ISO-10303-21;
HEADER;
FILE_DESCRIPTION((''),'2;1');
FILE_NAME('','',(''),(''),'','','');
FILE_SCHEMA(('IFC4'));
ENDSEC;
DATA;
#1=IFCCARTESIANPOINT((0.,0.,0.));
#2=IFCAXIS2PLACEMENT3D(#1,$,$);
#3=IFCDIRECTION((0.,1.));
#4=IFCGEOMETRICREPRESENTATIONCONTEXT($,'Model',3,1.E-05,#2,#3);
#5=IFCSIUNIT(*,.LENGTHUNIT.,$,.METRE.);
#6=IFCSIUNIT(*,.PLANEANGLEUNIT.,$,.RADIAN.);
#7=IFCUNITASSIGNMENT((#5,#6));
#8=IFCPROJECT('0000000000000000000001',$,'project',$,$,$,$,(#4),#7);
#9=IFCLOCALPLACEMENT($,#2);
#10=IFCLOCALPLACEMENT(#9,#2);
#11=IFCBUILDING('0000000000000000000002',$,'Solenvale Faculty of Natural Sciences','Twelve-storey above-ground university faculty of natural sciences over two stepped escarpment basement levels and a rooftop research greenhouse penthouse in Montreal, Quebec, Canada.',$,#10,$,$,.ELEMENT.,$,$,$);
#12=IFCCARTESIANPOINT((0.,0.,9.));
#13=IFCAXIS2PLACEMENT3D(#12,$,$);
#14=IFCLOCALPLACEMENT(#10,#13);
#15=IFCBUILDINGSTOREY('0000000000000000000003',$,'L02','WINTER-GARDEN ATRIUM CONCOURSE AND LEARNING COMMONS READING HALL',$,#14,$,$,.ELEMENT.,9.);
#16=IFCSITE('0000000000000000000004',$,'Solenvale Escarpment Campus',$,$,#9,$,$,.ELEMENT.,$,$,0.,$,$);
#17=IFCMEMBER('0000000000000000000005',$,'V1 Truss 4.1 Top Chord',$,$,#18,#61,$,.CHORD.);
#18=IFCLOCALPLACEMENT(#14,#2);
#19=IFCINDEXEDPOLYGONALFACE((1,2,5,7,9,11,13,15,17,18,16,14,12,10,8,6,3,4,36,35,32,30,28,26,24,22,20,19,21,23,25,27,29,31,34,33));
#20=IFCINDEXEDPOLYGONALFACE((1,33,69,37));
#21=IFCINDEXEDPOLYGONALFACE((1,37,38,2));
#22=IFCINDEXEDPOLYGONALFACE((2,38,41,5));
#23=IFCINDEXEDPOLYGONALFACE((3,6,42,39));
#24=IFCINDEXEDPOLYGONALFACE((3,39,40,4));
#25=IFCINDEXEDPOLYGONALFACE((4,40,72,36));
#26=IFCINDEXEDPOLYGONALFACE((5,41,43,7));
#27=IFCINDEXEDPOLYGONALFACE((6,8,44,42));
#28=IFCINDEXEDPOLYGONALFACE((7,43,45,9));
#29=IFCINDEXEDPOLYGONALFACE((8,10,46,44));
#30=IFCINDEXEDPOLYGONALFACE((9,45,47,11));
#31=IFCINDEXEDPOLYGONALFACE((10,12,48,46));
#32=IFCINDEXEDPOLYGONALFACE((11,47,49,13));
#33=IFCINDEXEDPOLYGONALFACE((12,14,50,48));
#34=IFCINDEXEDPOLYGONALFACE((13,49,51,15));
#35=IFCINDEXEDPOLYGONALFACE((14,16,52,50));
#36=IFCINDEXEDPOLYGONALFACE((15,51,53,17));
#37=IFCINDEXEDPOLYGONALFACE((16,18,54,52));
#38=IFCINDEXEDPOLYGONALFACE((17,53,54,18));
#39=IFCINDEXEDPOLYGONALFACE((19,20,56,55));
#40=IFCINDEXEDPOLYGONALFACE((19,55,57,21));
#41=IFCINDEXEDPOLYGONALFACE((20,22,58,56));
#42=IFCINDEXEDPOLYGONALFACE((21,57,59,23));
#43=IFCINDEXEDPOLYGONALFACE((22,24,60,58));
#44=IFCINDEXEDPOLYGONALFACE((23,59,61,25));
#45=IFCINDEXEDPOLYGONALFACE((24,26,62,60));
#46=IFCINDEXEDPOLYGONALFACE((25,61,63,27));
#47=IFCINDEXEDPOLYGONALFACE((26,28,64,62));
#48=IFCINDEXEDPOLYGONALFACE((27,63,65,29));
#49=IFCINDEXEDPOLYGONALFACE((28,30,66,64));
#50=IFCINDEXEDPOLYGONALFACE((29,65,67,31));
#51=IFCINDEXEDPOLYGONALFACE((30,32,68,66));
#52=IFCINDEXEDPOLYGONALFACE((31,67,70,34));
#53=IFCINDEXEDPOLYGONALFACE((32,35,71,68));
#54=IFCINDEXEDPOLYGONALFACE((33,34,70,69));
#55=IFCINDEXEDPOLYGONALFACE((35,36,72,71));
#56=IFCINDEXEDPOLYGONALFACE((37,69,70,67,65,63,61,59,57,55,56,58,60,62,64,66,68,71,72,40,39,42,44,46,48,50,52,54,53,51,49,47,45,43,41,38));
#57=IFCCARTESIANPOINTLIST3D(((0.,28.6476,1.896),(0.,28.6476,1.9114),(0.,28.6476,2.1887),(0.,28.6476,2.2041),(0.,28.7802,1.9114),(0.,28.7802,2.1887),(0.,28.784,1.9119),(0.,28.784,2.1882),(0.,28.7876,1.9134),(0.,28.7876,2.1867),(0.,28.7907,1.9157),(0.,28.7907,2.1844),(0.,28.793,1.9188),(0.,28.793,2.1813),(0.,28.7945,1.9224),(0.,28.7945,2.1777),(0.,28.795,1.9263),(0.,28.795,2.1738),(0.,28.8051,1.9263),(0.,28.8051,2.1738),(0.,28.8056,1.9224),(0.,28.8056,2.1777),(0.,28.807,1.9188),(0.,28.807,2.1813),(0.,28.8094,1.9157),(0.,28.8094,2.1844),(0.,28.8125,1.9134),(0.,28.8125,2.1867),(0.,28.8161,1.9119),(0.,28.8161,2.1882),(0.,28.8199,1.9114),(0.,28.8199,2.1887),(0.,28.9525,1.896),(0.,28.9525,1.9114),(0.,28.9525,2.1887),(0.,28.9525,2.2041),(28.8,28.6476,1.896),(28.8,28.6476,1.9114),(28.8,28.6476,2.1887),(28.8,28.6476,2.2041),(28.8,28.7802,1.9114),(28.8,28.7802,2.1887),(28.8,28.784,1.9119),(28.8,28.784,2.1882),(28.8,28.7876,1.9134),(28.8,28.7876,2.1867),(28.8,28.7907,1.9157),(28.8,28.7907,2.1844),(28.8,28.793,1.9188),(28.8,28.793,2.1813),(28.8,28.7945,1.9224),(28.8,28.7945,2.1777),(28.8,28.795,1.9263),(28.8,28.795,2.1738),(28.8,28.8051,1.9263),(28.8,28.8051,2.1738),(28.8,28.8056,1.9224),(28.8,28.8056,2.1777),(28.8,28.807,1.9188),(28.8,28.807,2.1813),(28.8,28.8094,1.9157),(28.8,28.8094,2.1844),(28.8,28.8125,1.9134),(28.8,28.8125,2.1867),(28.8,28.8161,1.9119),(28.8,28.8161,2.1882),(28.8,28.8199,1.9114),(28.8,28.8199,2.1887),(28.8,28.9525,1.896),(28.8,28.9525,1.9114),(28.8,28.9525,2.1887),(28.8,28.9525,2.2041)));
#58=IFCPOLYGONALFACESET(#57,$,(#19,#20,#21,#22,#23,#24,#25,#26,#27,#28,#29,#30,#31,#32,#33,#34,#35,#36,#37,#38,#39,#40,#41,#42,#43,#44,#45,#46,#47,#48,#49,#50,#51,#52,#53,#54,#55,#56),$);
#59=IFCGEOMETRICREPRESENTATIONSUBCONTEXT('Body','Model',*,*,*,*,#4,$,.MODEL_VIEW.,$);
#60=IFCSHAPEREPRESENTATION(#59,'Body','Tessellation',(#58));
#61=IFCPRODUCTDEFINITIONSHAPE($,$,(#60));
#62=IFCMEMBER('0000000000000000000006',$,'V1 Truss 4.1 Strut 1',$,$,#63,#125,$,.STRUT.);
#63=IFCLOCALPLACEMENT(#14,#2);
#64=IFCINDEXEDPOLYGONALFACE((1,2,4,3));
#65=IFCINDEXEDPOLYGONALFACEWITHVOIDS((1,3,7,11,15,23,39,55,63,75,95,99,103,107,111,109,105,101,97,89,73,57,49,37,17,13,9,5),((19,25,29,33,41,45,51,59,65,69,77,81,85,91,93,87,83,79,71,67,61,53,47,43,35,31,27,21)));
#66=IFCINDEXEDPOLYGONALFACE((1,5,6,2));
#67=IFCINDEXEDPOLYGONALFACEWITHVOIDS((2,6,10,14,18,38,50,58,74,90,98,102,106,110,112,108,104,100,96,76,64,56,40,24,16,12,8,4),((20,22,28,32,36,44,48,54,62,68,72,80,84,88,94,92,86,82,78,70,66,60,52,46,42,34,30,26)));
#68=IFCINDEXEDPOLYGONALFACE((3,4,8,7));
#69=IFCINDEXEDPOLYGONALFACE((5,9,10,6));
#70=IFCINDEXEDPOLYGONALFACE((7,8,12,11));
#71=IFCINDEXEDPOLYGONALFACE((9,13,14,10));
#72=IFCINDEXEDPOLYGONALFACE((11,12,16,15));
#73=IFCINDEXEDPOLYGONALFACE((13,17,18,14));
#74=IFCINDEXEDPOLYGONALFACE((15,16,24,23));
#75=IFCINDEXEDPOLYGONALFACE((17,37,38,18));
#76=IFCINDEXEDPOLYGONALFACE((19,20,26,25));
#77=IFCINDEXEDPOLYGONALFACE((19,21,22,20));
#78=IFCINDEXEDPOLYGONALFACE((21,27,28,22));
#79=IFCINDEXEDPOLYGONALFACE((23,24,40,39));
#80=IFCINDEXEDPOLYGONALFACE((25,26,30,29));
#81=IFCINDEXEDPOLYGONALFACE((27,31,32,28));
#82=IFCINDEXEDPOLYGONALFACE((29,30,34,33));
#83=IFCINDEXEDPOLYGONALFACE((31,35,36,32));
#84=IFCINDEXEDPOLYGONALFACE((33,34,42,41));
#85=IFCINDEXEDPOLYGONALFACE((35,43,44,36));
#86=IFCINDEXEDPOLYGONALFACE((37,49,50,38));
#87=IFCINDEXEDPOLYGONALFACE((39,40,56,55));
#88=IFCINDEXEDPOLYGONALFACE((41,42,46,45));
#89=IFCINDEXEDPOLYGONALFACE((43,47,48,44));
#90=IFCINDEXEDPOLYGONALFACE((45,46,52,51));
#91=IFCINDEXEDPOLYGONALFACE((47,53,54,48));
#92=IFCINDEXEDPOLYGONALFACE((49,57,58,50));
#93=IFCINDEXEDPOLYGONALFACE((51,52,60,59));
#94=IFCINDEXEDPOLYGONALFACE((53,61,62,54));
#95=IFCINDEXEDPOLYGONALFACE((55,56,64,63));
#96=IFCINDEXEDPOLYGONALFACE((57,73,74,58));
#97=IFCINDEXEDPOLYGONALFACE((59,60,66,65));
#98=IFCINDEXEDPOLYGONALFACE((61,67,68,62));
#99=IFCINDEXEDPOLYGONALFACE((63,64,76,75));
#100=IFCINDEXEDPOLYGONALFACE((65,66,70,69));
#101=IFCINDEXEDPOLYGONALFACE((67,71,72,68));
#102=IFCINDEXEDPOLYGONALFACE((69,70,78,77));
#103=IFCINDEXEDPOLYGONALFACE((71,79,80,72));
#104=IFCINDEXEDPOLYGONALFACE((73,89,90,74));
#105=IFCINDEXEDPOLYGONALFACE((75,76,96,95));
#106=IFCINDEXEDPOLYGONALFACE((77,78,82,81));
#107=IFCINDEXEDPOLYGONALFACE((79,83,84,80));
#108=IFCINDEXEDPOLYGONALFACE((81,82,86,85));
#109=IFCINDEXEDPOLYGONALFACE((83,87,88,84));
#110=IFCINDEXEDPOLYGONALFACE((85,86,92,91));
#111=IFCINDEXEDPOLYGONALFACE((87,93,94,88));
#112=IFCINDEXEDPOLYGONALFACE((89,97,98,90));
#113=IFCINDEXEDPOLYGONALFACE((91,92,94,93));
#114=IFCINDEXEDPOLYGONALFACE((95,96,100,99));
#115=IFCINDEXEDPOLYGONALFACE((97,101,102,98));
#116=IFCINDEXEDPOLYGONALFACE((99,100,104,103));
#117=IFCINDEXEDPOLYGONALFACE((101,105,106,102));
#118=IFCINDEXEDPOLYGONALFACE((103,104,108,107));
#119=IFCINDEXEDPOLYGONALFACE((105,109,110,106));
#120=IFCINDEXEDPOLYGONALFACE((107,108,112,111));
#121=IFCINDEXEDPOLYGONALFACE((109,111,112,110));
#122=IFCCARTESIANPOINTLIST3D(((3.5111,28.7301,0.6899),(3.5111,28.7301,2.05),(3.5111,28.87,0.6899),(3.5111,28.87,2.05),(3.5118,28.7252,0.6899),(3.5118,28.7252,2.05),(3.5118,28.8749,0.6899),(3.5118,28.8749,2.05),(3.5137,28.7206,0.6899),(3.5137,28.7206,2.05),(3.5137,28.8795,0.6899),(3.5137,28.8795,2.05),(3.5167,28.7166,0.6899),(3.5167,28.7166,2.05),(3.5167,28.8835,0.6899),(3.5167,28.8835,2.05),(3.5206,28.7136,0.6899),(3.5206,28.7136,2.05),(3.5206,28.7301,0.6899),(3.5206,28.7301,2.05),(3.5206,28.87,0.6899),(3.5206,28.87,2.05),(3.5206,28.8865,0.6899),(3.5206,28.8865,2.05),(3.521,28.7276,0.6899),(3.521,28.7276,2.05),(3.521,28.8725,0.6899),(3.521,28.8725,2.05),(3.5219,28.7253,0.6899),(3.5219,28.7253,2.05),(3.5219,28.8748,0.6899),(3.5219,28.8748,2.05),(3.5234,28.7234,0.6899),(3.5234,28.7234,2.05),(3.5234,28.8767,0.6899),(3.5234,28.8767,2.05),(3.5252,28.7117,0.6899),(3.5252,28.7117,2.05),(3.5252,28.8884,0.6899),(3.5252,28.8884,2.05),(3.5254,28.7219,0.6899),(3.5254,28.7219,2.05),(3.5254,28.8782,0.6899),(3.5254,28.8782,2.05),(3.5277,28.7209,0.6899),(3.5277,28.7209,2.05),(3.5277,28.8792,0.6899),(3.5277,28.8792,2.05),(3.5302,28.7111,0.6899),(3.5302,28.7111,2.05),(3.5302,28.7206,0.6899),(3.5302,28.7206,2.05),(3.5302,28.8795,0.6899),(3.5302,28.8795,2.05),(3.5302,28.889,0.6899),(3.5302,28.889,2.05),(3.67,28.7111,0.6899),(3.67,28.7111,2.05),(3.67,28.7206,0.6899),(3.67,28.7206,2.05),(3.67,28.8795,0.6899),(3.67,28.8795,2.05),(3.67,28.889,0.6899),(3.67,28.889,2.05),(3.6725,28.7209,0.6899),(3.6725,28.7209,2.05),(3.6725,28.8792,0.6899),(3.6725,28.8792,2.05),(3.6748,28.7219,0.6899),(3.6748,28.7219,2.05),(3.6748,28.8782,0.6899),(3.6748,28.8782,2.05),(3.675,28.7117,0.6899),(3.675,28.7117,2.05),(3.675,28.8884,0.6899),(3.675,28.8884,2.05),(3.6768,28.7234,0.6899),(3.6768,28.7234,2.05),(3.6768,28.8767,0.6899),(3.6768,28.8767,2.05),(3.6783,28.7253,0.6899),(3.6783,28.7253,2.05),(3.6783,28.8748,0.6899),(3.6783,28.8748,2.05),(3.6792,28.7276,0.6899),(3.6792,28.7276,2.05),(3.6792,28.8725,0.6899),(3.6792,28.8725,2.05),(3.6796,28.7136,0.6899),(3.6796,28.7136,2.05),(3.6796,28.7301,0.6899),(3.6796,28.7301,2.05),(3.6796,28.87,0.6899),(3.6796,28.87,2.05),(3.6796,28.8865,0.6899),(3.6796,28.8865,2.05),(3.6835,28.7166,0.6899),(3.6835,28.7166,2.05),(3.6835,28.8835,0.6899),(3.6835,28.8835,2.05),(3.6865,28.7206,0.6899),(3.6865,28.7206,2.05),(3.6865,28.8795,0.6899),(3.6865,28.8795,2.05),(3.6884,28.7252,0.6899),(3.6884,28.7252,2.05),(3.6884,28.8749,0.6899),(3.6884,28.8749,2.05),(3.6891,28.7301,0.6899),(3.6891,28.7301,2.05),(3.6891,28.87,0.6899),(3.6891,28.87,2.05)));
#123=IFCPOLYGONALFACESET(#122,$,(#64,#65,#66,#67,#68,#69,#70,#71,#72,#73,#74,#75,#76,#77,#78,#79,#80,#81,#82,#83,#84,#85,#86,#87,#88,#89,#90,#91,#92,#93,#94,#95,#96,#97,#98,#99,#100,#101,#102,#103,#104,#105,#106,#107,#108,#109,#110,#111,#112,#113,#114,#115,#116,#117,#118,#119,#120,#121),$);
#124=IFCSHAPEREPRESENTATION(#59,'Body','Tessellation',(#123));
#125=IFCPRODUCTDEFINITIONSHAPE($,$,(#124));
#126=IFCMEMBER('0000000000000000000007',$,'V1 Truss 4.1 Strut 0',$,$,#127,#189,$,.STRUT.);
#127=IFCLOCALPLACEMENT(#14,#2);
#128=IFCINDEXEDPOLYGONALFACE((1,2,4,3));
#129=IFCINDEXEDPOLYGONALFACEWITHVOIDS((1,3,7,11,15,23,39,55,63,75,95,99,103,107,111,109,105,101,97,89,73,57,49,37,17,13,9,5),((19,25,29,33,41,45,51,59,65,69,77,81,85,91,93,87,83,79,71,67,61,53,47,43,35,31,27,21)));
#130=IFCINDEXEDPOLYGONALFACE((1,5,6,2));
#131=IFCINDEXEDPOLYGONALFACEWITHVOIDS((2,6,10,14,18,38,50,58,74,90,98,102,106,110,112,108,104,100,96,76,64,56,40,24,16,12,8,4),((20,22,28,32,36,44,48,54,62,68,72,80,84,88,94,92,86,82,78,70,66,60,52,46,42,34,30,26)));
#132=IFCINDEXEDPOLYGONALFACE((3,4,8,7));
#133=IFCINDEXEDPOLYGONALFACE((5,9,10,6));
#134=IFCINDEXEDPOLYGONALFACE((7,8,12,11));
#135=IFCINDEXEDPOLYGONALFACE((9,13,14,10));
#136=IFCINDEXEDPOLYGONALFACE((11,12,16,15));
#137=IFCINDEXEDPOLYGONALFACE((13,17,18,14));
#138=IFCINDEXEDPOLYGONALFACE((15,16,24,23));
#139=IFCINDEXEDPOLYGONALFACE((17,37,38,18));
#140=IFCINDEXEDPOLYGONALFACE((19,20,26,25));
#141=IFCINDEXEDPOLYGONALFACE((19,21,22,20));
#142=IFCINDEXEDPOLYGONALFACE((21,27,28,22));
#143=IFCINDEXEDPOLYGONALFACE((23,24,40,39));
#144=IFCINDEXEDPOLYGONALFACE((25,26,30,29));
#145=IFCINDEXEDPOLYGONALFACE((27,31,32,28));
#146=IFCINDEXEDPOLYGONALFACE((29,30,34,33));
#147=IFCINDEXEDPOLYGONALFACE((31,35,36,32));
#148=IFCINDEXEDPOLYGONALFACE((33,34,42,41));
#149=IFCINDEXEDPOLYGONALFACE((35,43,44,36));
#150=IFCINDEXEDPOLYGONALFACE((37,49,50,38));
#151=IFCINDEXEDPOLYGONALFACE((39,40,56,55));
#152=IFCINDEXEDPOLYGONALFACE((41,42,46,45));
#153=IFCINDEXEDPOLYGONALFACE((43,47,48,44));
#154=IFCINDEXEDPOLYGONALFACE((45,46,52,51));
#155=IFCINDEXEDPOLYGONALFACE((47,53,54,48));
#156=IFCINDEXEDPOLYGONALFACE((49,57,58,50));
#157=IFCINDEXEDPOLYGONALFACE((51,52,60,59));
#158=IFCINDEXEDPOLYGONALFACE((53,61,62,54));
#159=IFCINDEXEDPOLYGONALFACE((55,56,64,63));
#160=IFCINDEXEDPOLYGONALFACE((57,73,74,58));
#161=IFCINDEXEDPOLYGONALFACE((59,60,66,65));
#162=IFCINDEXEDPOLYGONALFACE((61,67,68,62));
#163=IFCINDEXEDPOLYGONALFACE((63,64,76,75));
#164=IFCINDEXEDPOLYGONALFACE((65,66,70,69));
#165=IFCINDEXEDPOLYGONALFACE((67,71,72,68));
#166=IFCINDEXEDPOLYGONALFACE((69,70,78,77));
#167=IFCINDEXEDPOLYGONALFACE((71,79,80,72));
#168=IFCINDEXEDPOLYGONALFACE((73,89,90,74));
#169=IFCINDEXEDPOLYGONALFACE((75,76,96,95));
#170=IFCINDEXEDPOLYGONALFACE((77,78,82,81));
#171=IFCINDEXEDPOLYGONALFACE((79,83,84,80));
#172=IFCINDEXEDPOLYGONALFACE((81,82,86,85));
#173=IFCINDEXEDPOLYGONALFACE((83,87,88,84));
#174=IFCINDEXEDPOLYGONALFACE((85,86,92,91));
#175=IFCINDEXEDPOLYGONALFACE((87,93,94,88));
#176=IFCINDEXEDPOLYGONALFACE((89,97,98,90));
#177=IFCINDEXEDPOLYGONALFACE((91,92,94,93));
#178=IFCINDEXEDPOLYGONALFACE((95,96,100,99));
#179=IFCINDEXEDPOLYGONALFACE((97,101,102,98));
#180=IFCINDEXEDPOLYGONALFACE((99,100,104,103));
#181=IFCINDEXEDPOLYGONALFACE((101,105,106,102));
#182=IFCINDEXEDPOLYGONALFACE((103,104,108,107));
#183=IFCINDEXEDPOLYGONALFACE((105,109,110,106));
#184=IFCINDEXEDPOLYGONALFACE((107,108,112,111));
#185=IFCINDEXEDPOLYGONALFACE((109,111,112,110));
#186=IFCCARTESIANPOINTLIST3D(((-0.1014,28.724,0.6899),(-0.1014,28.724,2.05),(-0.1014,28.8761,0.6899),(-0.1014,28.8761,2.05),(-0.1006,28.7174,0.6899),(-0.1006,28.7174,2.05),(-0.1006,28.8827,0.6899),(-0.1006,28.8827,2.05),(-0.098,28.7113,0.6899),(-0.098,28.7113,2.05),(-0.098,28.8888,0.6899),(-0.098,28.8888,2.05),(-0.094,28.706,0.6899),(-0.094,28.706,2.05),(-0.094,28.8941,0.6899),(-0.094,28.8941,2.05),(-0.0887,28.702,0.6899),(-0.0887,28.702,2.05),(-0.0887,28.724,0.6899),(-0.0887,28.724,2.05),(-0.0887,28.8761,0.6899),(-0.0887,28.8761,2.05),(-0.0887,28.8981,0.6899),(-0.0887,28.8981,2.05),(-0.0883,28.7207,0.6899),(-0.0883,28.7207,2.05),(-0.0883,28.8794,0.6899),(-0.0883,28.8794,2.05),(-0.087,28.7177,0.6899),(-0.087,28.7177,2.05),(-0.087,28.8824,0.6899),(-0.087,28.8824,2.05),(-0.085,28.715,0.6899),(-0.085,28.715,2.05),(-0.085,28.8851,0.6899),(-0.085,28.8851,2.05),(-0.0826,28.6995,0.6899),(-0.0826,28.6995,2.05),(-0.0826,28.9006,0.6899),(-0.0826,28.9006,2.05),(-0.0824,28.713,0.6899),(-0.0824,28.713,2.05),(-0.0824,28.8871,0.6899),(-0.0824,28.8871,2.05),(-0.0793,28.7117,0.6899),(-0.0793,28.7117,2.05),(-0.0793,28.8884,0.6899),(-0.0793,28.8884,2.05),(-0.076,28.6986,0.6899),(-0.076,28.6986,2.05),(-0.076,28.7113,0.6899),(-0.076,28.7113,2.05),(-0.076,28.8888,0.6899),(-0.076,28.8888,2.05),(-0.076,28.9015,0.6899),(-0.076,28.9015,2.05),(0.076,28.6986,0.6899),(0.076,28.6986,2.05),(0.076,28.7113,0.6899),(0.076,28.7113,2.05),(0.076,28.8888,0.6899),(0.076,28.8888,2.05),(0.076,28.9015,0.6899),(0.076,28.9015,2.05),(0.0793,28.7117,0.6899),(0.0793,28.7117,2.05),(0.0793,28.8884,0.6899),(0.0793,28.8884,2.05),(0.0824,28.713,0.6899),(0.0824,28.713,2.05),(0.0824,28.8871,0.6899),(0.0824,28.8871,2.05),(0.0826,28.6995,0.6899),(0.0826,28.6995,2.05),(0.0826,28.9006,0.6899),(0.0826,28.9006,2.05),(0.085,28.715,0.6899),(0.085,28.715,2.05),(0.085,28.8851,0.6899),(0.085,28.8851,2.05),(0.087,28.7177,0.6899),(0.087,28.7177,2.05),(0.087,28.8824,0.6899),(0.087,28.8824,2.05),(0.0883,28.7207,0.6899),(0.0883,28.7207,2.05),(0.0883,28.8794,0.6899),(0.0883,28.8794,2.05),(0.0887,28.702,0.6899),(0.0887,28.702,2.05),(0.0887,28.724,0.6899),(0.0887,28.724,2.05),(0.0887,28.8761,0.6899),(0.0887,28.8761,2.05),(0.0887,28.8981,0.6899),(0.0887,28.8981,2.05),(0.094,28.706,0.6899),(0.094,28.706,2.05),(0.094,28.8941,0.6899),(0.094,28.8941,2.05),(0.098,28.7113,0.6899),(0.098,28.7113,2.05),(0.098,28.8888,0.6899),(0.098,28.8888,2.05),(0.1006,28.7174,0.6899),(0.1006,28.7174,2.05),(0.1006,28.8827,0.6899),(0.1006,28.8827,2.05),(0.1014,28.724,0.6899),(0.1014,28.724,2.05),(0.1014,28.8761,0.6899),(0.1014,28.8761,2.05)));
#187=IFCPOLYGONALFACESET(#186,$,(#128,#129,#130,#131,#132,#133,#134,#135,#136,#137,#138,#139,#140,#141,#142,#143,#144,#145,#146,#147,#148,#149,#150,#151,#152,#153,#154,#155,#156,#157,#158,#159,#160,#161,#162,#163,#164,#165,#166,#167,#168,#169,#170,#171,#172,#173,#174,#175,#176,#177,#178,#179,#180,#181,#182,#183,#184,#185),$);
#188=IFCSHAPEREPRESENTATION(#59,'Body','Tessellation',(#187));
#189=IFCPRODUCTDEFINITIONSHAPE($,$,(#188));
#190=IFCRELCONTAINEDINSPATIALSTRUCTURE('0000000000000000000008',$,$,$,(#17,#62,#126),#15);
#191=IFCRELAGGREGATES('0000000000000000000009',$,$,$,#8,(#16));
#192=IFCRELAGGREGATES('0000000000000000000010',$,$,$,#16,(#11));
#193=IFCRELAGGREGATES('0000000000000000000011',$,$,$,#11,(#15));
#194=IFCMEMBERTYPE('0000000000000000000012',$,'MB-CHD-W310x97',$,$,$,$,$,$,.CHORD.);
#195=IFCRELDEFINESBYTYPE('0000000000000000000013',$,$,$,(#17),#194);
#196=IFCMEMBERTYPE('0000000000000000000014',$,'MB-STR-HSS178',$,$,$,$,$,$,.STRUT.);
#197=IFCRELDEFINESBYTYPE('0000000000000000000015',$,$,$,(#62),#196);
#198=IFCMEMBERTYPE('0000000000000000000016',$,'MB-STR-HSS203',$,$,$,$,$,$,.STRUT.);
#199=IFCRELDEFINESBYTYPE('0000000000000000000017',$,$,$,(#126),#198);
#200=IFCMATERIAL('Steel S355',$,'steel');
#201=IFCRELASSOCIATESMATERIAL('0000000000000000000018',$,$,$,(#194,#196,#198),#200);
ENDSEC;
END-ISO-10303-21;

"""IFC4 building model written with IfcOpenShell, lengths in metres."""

from ifc_helpers import new_model, si_unit, direction, frame, origin, origin_2d, place, context, subcontext, project, spatial, hollow_rectangle, i_section, extrude, material, material_profile, profile_set, type_object, element, save


model = new_model("IFC4")

# Units and contexts
model_context = context("Model", 3, precision=1e-05, world=origin(), true_north=direction((0.0, 1.0)))
body_context = subcontext(model_context, "Body", "Model", "MODEL_VIEW")
ifc_project = project(units=[si_unit("LENGTHUNIT", "METRE"), si_unit("PLANEANGLEUNIT", "RADIAN")], contexts=[model_context])

# Site, building, storey
site_placement = place(None, origin())
site = spatial("IfcSite", under=ifc_project, at=site_placement, Name="Solenvale Escarpment Campus", CompositionType="ELEMENT", RefElevation=0.0)
building_placement = place(site_placement, origin())
building = spatial("IfcBuilding", under=site, at=building_placement, Name="Solenvale Faculty of Natural Sciences", Description="Twelve-storey above-ground university faculty of natural sciences over two stepped escarpment basement levels and a rooftop research greenhouse penthouse in Montreal, Quebec, Canada.", CompositionType="ELEMENT")
storey_placement = place(building_placement, frame((0.0, 0.0, 9.0)))
storey = spatial("IfcBuildingStorey", under=building, at=storey_placement, Name="L02", Description="WINTER-GARDEN ATRIUM CONCOURSE AND LEARNING COMMONS READING HALL", CompositionType="ELEMENT", Elevation=9.0)

# Shared definitions
ifc_material_1 = material(Name="Steel S355", Category="steel")

# Members
ifc_material_profile_1 = material_profile(ifc_material_1, i_section(OverallWidth=0.3049, OverallDepth=0.3081, WebThickness=0.01, FlangeThickness=0.0154, FilletRadius=0.0149, at=origin_2d()), Name="W310x97")
ifc_profile_set_1 = profile_set([ifc_material_profile_1], Name="Steel S355")
member_type_1 = type_object("IfcMemberType", Name="MB-CHD-W310x97", PredefinedType="CHORD", material=ifc_profile_set_1)
member_1_placement = place(storey_placement, frame((0.0, 28.8, 2.05), z_axis=(1.0, 0.0, 0.0), x_axis=(0.0, 1.0, 0.0)))
element("IfcMember", 1, at=member_1_placement, inside=storey, type_object=member_type_1, Name="V1 Truss 4.1 Top Chord", PredefinedType="CHORD", context=body_context, shape_type="SweptSolid", body=[
    extrude(i_section(OverallWidth=0.3049, OverallDepth=0.3081, WebThickness=0.01, FlangeThickness=0.0154, FilletRadius=0.0149, at=origin_2d()), origin(), (0.0, 0.0, 1.0), 28.8),
])
ifc_material_profile_2 = material_profile(ifc_material_1, hollow_rectangle(XDim=0.178, YDim=0.178, WallThickness=0.0095, InnerFilletRadius=0.0095, OuterFilletRadius=0.019, at=origin_2d()), Name="HSS178x178x9.5")
ifc_profile_set_2 = profile_set([ifc_material_profile_2], Name="Steel S355")
member_type_2 = type_object("IfcMemberType", Name="MB-STR-HSS178", PredefinedType="STRUT", material=ifc_profile_set_2)
member_2_placement = place(storey_placement, frame((3.6001, 28.8, 0.6899), z_axis=(0.0, 0.0, 1.0), x_axis=(1.0, 0.0, 0.0)))
element("IfcMember", 2, at=member_2_placement, inside=storey, type_object=member_type_2, Name="V1 Truss 4.1 Strut 1", PredefinedType="STRUT", context=body_context, shape_type="SweptSolid", body=[
    extrude(hollow_rectangle(XDim=0.178, YDim=0.178, WallThickness=0.0095, InnerFilletRadius=0.0095, OuterFilletRadius=0.019, at=origin_2d()), origin(), (0.0, 0.0, 1.0), 1.3601),
])
ifc_material_profile_3 = material_profile(ifc_material_1, hollow_rectangle(XDim=0.2029, YDim=0.2029, WallThickness=0.0127, InnerFilletRadius=0.0127, OuterFilletRadius=0.0254, at=origin_2d()), Name="HSS203x203x13")
ifc_profile_set_3 = profile_set([ifc_material_profile_3], Name="Steel S355")
member_type_3 = type_object("IfcMemberType", Name="MB-STR-HSS203", PredefinedType="STRUT", material=ifc_profile_set_3)
member_3_placement = place(storey_placement, frame((0.0, 28.8, 0.6899), z_axis=(0.0, 0.0, 1.0), x_axis=(1.0, 0.0, 0.0)))
element("IfcMember", 3, at=member_3_placement, inside=storey, type_object=member_type_3, Name="V1 Truss 4.1 Strut 0", PredefinedType="STRUT", context=body_context, shape_type="SweptSolid", body=[
    extrude(hollow_rectangle(XDim=0.2029, YDim=0.2029, WallThickness=0.0127, InnerFilletRadius=0.0127, OuterFilletRadius=0.0254, at=origin_2d()), origin(), (0.0, 0.0, 1.0), 1.3601),
])

save(model, "model.ifc")
